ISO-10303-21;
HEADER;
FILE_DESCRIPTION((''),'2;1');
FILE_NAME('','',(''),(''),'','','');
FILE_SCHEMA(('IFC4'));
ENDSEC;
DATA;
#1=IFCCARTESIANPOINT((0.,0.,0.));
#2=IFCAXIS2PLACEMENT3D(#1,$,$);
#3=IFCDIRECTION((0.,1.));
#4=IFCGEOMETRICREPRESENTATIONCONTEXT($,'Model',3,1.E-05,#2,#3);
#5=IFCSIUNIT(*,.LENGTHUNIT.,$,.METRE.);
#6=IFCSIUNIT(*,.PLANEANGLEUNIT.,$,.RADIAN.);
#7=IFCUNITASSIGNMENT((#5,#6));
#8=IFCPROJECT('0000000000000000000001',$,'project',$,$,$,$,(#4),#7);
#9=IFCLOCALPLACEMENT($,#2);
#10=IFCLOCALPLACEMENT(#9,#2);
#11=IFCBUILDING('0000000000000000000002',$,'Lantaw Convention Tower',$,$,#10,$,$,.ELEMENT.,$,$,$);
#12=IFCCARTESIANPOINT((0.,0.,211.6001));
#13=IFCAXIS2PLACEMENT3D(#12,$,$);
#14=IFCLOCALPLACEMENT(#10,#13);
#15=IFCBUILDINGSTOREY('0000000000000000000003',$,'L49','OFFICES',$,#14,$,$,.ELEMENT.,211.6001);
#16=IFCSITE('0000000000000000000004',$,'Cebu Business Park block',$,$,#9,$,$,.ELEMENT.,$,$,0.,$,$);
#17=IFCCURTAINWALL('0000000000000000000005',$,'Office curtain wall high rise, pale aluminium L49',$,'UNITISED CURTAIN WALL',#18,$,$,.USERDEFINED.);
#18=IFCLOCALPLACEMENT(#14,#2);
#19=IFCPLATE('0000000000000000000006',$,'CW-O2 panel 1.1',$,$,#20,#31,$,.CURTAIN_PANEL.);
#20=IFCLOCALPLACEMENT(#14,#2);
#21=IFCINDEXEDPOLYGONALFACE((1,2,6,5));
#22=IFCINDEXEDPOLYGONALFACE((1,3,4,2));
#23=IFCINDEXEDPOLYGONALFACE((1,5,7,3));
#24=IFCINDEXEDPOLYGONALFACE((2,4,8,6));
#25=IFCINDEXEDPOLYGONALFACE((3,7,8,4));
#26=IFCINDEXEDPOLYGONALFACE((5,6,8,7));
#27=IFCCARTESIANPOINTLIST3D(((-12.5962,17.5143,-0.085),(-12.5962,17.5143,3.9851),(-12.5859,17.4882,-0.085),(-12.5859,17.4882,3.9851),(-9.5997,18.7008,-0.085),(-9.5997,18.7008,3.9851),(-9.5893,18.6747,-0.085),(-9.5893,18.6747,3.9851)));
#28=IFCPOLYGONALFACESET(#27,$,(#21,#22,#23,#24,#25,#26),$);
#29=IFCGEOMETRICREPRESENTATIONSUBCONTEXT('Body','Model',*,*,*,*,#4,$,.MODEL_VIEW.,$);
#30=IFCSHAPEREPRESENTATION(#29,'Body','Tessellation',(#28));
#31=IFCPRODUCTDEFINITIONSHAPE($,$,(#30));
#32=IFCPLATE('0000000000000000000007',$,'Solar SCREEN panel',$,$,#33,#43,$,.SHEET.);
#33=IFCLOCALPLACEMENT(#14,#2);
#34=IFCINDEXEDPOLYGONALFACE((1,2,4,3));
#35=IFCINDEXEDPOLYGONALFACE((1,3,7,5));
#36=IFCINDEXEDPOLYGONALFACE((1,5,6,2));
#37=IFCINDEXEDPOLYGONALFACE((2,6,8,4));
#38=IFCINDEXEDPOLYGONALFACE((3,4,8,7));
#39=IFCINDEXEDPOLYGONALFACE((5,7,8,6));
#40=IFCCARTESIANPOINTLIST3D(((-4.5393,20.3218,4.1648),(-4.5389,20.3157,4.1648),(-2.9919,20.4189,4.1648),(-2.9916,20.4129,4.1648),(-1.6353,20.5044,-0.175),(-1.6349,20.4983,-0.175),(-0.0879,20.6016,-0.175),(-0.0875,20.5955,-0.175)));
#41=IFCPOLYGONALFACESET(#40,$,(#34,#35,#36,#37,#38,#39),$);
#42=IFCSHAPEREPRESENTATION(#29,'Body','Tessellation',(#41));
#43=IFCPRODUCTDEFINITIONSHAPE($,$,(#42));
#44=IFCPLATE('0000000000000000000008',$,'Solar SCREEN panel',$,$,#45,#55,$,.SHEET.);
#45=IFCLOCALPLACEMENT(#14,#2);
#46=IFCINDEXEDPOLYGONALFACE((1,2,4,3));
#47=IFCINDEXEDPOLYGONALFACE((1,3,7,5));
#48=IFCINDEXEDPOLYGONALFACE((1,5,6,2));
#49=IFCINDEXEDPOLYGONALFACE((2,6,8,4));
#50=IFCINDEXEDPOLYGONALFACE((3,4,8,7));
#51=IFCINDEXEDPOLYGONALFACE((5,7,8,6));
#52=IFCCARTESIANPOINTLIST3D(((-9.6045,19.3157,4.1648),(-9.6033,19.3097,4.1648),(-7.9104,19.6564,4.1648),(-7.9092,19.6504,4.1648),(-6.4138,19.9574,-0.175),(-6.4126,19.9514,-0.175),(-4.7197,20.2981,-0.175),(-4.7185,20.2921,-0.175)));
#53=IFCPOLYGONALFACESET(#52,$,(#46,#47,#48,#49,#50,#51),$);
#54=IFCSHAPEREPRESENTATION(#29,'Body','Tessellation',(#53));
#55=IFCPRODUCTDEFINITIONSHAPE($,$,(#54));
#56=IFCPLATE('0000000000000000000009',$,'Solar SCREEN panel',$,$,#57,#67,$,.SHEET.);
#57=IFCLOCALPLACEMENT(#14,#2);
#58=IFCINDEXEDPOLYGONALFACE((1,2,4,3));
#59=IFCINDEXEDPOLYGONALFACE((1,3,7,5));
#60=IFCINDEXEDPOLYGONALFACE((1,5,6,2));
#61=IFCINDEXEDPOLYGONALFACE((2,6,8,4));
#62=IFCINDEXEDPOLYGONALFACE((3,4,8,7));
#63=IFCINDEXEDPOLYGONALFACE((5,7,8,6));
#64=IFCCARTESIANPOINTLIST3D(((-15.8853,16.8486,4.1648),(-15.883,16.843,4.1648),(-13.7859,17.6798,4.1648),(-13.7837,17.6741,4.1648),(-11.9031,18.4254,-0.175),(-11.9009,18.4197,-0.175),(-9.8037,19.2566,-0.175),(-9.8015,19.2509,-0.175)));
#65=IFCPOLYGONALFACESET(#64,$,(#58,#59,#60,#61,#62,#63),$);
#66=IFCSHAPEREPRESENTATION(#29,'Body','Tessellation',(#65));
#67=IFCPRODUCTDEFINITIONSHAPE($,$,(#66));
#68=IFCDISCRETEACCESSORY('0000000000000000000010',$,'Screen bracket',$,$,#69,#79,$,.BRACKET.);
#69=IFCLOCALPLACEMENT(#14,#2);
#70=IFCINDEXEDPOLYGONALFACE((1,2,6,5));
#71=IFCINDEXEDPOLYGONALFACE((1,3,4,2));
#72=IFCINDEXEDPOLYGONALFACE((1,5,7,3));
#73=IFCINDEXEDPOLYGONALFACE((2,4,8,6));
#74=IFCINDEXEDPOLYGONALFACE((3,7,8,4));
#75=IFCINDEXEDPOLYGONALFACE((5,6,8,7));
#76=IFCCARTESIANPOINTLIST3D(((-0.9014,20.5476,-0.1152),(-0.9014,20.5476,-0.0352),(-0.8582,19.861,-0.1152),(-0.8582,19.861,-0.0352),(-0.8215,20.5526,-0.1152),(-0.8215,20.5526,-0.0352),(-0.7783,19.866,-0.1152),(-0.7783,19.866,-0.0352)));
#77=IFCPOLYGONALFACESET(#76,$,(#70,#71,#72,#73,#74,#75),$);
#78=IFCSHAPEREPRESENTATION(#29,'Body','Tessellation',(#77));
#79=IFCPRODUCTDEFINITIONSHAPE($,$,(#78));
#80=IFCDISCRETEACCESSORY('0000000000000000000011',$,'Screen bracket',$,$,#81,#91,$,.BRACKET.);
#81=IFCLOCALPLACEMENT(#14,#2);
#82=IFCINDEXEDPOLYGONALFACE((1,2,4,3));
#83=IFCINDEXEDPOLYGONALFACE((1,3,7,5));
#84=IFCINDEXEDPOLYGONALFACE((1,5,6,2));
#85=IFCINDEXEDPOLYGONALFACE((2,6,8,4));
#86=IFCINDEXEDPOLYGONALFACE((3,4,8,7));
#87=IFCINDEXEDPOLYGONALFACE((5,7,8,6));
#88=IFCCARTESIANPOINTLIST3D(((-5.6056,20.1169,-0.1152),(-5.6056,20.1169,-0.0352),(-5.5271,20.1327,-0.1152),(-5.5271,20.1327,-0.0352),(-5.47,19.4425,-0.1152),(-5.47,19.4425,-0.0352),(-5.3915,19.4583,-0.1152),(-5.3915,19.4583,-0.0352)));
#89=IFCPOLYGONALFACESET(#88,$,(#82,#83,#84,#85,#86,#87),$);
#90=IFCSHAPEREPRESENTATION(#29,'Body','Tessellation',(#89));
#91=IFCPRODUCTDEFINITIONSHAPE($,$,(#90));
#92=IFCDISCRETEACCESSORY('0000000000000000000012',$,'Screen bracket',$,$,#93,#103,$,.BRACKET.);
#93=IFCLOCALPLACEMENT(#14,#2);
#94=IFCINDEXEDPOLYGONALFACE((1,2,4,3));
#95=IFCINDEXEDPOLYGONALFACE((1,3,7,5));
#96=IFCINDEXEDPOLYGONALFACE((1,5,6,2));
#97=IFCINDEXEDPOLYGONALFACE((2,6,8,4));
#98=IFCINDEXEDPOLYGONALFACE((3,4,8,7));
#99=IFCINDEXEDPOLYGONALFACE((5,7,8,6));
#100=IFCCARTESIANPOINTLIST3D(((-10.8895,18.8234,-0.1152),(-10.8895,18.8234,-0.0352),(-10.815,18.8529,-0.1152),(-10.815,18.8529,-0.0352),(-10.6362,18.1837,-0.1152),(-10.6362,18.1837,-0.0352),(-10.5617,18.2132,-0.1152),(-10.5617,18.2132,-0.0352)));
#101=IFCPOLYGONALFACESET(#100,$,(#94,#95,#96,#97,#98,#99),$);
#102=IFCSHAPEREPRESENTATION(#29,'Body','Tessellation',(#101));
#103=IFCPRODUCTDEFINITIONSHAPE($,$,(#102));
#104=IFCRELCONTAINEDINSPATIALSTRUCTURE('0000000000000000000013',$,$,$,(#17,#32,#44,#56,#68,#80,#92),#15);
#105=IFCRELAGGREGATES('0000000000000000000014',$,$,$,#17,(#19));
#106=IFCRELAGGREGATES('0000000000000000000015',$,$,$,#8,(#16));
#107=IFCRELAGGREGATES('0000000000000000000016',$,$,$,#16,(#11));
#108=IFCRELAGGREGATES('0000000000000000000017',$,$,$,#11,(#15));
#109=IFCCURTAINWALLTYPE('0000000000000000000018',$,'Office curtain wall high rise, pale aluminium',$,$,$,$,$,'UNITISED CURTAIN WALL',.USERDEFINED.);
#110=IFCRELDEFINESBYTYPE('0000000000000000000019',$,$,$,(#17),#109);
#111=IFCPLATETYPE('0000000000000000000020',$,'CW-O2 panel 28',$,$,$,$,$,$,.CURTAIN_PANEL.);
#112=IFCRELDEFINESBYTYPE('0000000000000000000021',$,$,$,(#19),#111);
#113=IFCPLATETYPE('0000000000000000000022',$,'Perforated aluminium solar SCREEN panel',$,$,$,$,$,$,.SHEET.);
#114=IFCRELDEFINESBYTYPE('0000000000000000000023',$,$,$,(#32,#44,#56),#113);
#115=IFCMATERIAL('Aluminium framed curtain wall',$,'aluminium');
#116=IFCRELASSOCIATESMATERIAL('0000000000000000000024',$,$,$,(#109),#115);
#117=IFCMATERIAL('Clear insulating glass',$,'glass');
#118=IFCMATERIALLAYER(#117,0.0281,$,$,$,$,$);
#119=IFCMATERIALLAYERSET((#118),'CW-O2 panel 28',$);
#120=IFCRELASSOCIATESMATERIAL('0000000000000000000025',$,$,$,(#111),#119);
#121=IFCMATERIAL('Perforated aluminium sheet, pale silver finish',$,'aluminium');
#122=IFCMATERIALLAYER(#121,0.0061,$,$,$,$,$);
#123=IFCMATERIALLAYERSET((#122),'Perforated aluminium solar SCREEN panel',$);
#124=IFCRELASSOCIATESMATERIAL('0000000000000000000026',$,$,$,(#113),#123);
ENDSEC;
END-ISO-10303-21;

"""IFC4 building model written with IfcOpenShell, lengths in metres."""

from ifc_helpers import new_model, si_unit, direction, frame, origin, origin_2d, place, context, subcontext, project, spatial, polyline, rectangle, outline, extrude, material, layer, layer_set, type_object, element, aggregate, save


model = new_model("IFC4")

# Units and contexts
model_context = context("Model", 3, precision=1e-05, world=origin(), true_north=direction((0.0, 1.0)))
body_context = subcontext(model_context, "Body", "Model", "MODEL_VIEW")
ifc_project = project(units=[si_unit("LENGTHUNIT", "METRE"), si_unit("PLANEANGLEUNIT", "RADIAN")], contexts=[model_context])

# Site, building, storey
site_placement = place(None, origin())
site = spatial("IfcSite", under=ifc_project, at=site_placement, Name="Cebu Business Park block", CompositionType="ELEMENT", RefElevation=0.0)
building_placement = place(site_placement, origin())
building = spatial("IfcBuilding", under=site, at=building_placement, Name="Lantaw Convention Tower", CompositionType="ELEMENT")
storey_placement = place(building_placement, frame((0.0, 0.0, 211.6001)))
storey = spatial("IfcBuildingStorey", under=building, at=storey_placement, Name="L49", Description="OFFICES", CompositionType="ELEMENT", Elevation=211.6001)

# Shared definitions
ifc_material_1 = material(Name="Aluminium framed curtain wall", Category="aluminium")
curtain_wall_type = type_object("IfcCurtainWallType", Name="Office curtain wall high rise, pale aluminium", ElementType="UNITISED CURTAIN WALL", PredefinedType="USERDEFINED", material=ifc_material_1)

# Curtain wall
curtain_wall_1_placement = place(storey_placement, origin())
curtain_wall_1 = element("IfcCurtainWall", 1, at=curtain_wall_1_placement, inside=storey, type_object=curtain_wall_type, Name="Office curtain wall high rise, pale aluminium L49", ObjectType="UNITISED CURTAIN WALL", PredefinedType="USERDEFINED")

# Plate
ifc_material_2 = material(Name="Clear insulating glass", Category="glass")
ifc_layer_1 = layer(ifc_material_2, 0.0281)
ifc_layer_set_1 = layer_set([ifc_layer_1], Name="CW-O2 panel 28")
plate_type_1 = type_object("IfcPlateType", Name="CW-O2 panel 28", PredefinedType="CURTAIN_PANEL", material=ifc_layer_set_1)
plate_1_placement = place(storey_placement, frame((-11.0928, 18.0945, -0.085), z_axis=(0.0, 0.0, 1.0), x_axis=(-0.929762, -0.368162, 0.0)))
plate_1 = element("IfcPlate", 2, at=plate_1_placement, type_object=plate_type_1, Name="CW-O2 panel 1.1", PredefinedType="CURTAIN_PANEL", context=body_context, shape_type="SweptSolid", body=[
    extrude(rectangle(XDim=3.2229, YDim=0.0281, at=origin_2d()), origin(), (0.0, 0.0, 1.0), 4.0701),
])
aggregate(curtain_wall_1, [plate_1])

# Plates
ifc_material_3 = material(Name="Perforated aluminium sheet, pale silver finish", Category="aluminium")
ifc_layer_2 = layer(ifc_material_3, 0.0061)
ifc_layer_set_2 = layer_set([ifc_layer_2], Name="Perforated aluminium solar SCREEN panel")
plate_type_2 = type_object("IfcPlateType", Name="Perforated aluminium solar SCREEN panel", PredefinedType="SHEET", material=ifc_layer_set_2)
plate_2_placement = place(storey_placement, frame((-0.0879, 20.6016, -0.175), z_axis=(-0.062672, 0.998034, 0.000059), x_axis=(-0.998034, -0.062672, 0.0)))
element("IfcPlate", 3, at=plate_2_placement, inside=storey, type_object=plate_type_2, Name="Solar SCREEN panel", PredefinedType="SHEET", context=body_context, shape_type="SweptSolid", body=[
    extrude(outline(polyline([(0.0, 0.0), (1.5504, 0.0), (4.4602, 4.3398), (2.9098, 4.3398), (0.0, 0.0)])), origin(), (0.0, 0.0, -1.0), 0.0061),
])
plate_3_placement = place(storey_placement, frame((-4.7197, 20.2981, -0.175), z_axis=(-0.197162, 0.980371, 0.000011), x_axis=(-0.980371, -0.197162, 0.0)))
element("IfcPlate", 4, at=plate_3_placement, inside=storey, type_object=plate_type_2, Name="Solar SCREEN panel", PredefinedType="SHEET", context=body_context, shape_type="SweptSolid", body=[
    extrude(outline(polyline([(0.0, 0.0), (1.728, 0.0), (4.9826, 4.3398), (3.2546, 4.3398), (0.0, 0.0)])), origin(), (0.0, 0.0, -1.0), 0.0061),
])
plate_4_placement = place(storey_placement, frame((-9.8037, 19.2566, -0.175), z_axis=(-0.368117, 0.92978, 0.000036), x_axis=(-0.92978, -0.368117, 0.0)))
element("IfcPlate", 5, at=plate_4_placement, inside=storey, type_object=plate_type_2, Name="Solar SCREEN panel", PredefinedType="SHEET", context=body_context, shape_type="SweptSolid", body=[
    extrude(outline(polyline([(0.0, 0.0), (2.258, 0.0), (6.5409, 4.3398), (4.283, 4.3398), (0.0, 0.0)])), origin(), (0.0, 0.0, -1.0), 0.0061),
])

# Discrete accessories
for number, where, z_axis, x_axis, name in (
    (6, (-0.8398, 20.2068, -0.1152), (0.0, 0.0, 1.0), (-0.998029, -0.062758, 0.0), "Screen bracket"),
    (7, (-5.4985, 19.7876, -0.1152), (0.0, 0.0, 1.0), (-0.980367, -0.197183, 0.0), "Screen bracket"),
    (8, (-10.7256, 18.5183, -0.1152), (0.0, 0.0, 1.0), (-0.929762, -0.368162, 0.0), "Screen bracket"),
):
    element("IfcDiscreteAccessory", number, at=place(storey_placement, frame(where, z_axis=z_axis, x_axis=x_axis)), inside=storey, Name=name, PredefinedType="BRACKET", context=body_context, shape_type="SweptSolid", body=[
        extrude(rectangle(XDim=0.0801, YDim=0.688, at=origin_2d()), origin(), (0.0, 0.0, 1.0), 0.0801),
    ])

save(model, "model.ifc")
